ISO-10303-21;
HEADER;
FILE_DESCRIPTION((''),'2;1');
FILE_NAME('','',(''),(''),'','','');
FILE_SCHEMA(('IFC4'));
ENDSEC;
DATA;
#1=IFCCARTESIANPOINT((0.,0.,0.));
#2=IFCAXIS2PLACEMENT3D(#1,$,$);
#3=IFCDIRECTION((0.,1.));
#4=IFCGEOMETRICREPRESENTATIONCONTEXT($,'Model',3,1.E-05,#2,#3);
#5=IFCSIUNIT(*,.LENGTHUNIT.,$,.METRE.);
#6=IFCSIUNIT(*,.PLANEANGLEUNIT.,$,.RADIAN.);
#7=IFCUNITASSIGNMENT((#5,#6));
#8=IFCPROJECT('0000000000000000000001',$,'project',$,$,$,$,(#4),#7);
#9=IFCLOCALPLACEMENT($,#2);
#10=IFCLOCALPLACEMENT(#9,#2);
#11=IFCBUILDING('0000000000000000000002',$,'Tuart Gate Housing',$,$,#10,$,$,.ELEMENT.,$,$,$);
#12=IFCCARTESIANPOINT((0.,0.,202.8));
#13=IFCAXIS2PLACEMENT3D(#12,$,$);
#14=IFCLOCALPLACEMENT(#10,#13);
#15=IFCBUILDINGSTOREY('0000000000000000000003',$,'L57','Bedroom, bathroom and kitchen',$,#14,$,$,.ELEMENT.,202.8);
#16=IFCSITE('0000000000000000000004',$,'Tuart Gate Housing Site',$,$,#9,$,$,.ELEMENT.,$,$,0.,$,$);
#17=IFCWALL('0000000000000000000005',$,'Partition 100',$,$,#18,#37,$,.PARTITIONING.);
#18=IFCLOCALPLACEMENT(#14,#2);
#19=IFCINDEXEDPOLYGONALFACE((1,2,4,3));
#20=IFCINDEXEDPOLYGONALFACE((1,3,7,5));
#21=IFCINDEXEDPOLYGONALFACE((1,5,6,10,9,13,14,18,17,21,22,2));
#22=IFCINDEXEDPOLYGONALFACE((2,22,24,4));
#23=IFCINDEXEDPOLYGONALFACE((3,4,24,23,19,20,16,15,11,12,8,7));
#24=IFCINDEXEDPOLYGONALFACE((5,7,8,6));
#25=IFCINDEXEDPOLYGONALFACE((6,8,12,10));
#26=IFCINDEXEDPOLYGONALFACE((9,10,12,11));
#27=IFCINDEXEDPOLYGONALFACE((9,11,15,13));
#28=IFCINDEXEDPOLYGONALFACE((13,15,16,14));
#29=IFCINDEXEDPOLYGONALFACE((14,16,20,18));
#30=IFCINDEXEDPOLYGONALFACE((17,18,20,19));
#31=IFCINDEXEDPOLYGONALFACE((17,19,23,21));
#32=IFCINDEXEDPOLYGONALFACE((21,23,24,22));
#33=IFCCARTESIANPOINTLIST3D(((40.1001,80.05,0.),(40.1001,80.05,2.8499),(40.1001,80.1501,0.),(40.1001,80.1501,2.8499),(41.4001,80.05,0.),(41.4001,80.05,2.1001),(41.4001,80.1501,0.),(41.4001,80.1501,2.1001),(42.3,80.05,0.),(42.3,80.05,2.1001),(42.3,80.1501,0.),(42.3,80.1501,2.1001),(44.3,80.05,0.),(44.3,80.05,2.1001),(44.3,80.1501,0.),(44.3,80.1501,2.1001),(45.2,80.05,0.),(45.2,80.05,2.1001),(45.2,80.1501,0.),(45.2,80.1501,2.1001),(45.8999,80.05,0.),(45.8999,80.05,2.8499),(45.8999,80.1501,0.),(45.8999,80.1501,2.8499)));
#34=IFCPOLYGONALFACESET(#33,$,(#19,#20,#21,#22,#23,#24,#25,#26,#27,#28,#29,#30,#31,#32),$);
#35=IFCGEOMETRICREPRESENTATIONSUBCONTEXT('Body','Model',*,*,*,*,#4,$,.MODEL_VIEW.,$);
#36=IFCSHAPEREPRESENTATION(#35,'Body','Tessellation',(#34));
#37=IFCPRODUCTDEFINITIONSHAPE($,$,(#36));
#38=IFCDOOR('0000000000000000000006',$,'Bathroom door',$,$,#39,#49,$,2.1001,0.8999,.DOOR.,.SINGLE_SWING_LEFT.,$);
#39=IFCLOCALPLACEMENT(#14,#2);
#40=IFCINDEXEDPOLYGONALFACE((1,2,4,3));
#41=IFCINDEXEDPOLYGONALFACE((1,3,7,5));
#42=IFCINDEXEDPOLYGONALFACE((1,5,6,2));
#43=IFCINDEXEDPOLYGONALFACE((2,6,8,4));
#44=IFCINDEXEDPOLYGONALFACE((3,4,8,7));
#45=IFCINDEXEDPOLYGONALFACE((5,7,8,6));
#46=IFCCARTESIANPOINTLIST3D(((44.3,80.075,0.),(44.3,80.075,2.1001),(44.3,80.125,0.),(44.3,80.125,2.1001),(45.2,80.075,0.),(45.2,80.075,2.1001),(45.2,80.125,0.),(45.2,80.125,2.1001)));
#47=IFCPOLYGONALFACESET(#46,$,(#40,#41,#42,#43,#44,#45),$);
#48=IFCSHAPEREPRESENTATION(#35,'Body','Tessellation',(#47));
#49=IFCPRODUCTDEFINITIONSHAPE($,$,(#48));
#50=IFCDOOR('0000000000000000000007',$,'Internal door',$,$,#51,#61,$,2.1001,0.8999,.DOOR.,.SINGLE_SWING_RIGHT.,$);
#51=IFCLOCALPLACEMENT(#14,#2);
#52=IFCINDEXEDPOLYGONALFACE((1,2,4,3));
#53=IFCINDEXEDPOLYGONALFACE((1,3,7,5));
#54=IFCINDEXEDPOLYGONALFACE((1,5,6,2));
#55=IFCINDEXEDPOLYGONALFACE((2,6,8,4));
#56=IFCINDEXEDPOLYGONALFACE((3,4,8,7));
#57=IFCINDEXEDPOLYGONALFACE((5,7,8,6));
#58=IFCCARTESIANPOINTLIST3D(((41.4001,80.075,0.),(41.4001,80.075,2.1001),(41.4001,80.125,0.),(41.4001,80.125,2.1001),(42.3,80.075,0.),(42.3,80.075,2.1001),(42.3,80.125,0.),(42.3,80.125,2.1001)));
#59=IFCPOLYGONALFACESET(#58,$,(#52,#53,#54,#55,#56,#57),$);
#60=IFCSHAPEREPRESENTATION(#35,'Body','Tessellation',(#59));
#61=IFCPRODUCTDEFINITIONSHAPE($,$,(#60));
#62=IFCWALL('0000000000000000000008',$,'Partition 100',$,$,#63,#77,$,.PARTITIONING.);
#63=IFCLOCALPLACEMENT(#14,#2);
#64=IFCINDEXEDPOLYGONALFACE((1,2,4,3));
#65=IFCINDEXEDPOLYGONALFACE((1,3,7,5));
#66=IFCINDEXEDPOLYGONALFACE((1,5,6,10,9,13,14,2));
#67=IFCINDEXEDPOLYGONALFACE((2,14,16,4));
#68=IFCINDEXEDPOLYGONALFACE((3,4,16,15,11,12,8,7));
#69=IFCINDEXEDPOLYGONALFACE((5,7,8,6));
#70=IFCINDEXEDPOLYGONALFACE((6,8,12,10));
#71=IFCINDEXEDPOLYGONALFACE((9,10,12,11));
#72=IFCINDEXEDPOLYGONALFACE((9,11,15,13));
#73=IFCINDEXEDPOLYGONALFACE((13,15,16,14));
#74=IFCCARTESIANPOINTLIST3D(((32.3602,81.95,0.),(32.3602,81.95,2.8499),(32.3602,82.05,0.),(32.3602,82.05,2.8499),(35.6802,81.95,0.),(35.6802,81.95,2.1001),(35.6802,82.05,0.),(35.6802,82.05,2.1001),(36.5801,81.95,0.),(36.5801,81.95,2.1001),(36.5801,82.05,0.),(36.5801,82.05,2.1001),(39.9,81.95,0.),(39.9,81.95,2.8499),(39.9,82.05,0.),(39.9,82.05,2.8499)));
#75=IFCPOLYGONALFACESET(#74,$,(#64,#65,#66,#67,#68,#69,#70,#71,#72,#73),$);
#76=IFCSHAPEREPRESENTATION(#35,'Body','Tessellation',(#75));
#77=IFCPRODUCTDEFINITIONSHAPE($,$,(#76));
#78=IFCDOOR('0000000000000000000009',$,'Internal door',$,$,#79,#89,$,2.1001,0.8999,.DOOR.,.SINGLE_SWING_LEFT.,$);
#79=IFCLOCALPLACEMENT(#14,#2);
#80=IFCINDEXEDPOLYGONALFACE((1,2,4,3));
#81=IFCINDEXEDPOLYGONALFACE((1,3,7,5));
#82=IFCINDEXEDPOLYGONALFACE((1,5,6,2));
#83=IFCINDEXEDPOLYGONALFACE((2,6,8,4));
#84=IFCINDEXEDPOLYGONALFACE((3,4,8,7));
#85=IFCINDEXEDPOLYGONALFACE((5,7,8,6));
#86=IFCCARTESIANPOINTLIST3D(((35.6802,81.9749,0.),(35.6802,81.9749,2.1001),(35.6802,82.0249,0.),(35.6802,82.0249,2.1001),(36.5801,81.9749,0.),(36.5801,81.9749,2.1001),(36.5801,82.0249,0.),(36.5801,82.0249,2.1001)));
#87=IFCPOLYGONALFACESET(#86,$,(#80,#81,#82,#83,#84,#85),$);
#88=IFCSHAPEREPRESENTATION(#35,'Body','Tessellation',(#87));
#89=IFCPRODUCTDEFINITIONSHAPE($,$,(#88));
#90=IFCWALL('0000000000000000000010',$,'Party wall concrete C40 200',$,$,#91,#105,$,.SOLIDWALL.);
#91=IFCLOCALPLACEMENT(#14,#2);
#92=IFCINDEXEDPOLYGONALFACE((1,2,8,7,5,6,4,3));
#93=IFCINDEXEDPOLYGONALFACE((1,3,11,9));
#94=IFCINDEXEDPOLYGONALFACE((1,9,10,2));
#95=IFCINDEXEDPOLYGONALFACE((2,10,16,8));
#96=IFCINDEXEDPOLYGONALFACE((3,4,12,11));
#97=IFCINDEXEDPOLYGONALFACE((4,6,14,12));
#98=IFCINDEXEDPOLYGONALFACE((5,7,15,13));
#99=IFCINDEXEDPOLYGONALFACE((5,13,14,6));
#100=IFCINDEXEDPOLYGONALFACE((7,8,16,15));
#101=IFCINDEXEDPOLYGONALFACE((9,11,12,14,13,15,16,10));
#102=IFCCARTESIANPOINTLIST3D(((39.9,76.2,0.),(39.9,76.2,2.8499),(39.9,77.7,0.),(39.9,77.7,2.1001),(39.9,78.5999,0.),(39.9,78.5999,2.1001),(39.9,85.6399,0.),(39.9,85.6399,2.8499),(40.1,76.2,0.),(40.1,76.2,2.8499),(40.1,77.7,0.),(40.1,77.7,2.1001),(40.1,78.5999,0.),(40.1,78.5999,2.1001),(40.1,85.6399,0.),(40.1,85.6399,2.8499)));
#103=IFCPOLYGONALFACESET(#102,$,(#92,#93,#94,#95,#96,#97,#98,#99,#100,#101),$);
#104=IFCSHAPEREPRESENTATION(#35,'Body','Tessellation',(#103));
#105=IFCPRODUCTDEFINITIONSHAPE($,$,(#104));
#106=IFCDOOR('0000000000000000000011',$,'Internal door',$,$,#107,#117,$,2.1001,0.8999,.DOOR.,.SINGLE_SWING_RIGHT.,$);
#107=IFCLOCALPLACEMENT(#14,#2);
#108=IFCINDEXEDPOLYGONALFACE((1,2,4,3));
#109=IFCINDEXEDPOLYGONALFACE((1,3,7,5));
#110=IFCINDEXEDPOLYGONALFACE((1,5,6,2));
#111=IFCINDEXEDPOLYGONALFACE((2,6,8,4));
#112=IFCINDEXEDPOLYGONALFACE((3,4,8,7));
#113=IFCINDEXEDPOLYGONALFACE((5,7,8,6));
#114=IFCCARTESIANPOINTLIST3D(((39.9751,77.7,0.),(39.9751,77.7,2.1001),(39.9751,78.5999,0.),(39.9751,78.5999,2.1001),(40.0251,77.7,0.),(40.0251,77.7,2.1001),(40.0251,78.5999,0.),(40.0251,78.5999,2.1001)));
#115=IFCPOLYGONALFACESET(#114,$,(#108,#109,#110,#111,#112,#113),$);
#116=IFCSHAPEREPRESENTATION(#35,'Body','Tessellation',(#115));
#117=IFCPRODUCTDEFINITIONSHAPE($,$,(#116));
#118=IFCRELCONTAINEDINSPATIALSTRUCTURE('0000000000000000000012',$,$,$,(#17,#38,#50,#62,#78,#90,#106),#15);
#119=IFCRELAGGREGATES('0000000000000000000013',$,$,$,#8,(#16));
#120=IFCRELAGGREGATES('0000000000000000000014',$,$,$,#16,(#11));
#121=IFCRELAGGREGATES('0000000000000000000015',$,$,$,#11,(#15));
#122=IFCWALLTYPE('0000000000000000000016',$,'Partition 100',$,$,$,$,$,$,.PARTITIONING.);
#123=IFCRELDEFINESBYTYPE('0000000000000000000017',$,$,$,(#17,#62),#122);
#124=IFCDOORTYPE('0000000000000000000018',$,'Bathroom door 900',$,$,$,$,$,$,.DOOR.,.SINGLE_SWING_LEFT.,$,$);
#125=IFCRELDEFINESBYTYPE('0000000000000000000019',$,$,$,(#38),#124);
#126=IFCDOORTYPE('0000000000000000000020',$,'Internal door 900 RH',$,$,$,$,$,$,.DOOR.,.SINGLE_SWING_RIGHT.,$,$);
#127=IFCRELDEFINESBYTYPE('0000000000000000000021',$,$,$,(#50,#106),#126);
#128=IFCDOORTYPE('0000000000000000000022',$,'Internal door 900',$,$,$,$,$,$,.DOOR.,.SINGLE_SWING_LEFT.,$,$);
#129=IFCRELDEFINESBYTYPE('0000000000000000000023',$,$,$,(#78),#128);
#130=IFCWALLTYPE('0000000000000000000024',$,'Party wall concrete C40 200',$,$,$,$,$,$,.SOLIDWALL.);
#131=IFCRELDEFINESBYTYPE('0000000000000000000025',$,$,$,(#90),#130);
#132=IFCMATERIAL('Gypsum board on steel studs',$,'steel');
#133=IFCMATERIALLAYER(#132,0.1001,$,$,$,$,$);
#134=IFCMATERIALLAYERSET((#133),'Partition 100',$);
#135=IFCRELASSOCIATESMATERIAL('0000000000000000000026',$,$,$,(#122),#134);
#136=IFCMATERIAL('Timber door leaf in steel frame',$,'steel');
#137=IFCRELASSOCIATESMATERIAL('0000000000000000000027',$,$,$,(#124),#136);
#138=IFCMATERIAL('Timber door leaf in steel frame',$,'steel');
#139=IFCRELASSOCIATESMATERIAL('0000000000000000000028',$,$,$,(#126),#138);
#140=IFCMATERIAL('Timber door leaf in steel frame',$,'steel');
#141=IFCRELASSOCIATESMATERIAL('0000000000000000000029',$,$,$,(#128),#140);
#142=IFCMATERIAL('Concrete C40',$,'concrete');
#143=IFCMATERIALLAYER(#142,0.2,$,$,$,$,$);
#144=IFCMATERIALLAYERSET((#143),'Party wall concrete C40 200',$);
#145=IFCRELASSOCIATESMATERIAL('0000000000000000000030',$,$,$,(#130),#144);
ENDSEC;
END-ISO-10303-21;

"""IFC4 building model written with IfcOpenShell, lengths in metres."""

from ifc_helpers import new_model, si_unit, direction, frame, frame_2d, origin, place, context, subcontext, project, spatial, rectangle, extrude, material, layer, layer_set, type_object, element, fill, save


model = new_model("IFC4")

# Units and contexts
model_context = context("Model", 3, precision=1e-05, world=origin(), true_north=direction((0.0, 1.0)))
body_context = subcontext(model_context, "Body", "Model", "MODEL_VIEW")
ifc_project = project(units=[si_unit("LENGTHUNIT", "METRE"), si_unit("PLANEANGLEUNIT", "RADIAN")], contexts=[model_context])

# Site, building, storey
site_placement = place(None, origin())
site = spatial("IfcSite", under=ifc_project, at=site_placement, Name="Tuart Gate Housing Site", CompositionType="ELEMENT", RefElevation=0.0)
building_placement = place(site_placement, origin())
building = spatial("IfcBuilding", under=site, at=building_placement, Name="Tuart Gate Housing", CompositionType="ELEMENT")
storey_placement = place(building_placement, frame((0.0, 0.0, 202.8)))
storey = spatial("IfcBuildingStorey", under=building, at=storey_placement, Name="L57", Description="Bedroom, bathroom and kitchen", CompositionType="ELEMENT", Elevation=202.8)

# Wall, openings, doors
ifc_material_1 = material(Name="Gypsum board on steel studs", Category="steel")
ifc_layer_1 = layer(ifc_material_1, 0.1001)
ifc_layer_set_1 = layer_set([ifc_layer_1], Name="Partition 100")
wall_type_1 = type_object("IfcWallType", Name="Partition 100", PredefinedType="PARTITIONING", material=ifc_layer_set_1)
wall_1_placement = place(storey_placement, frame((40.1001, 80.1001, 0.0), z_axis=(0.0, 0.0, 1.0), x_axis=(1.0, 0.0, 0.0)))
wall_1 = element("IfcWall", 1, at=wall_1_placement, inside=storey, type_object=wall_type_1, Name="Partition 100", PredefinedType="PARTITIONING", context=body_context, shape_type="SweptSolid", body=[
    extrude(rectangle(XDim=5.7998, YDim=0.1001, at=frame_2d((2.8999, 0.0))), origin(), (0.0, 0.0, 1.0), 2.8499),
])
opening_1_placement = place(wall_1_placement, frame((1.3, 0.0, 0.0)))
opening_1 = element("IfcOpeningElement", 2, at=opening_1_placement, cuts=wall_1, PredefinedType="OPENING", context=body_context, shape_type="SweptSolid", body=[
    extrude(rectangle(XDim=0.8999, YDim=2.1001, at=frame_2d((0.45, 1.05))), frame((0.0, 0.0601, 0.0), z_axis=(0.0, -1.0, 0.0), x_axis=(1.0, 0.0, 0.0)), (0.0, 0.0, 1.0), 0.1201),
])
opening_2_placement = place(wall_1_placement, frame((4.2, 0.0, 0.0)))
opening_2 = element("IfcOpeningElement", 3, at=opening_2_placement, cuts=wall_1, PredefinedType="OPENING", context=body_context, shape_type="SweptSolid", body=[
    extrude(rectangle(XDim=0.8999, YDim=2.1001, at=frame_2d((0.45, 1.05))), frame((0.0, 0.0601, 0.0), z_axis=(0.0, -1.0, 0.0), x_axis=(1.0, 0.0, 0.0)), (0.0, 0.0, 1.0), 0.1201),
])
ifc_material_2 = material(Name="Timber door leaf in steel frame", Category="steel")
door_type_1 = type_object("IfcDoorType", Name="Bathroom door 900", OperationType="SINGLE_SWING_LEFT", PredefinedType="DOOR", material=ifc_material_2)
door_1_placement = place(opening_2_placement, origin())
door_1 = element("IfcDoor", 4, at=door_1_placement, inside=storey, type_object=door_type_1, Name="Bathroom door", OperationType="SINGLE_SWING_LEFT", OverallHeight=2.1001, OverallWidth=0.8999, PredefinedType="DOOR", context=body_context, shape_type="SweptSolid", body=[
    extrude(rectangle(XDim=0.8999, YDim=2.1001, at=frame_2d((0.45, 1.05))), frame((0.0, 0.0249, 0.0), z_axis=(0.0, -1.0, 0.0), x_axis=(1.0, 0.0, 0.0)), (0.0, 0.0, 1.0), 0.05),
])
fill(opening_2, door_1)
ifc_material_3 = material(Name="Timber door leaf in steel frame", Category="steel")
door_type_2 = type_object("IfcDoorType", Name="Internal door 900 RH", OperationType="SINGLE_SWING_RIGHT", PredefinedType="DOOR", material=ifc_material_3)
door_2_placement = place(opening_1_placement, origin())
door_2 = element("IfcDoor", 5, at=door_2_placement, inside=storey, type_object=door_type_2, Name="Internal door", OperationType="SINGLE_SWING_RIGHT", OverallHeight=2.1001, OverallWidth=0.8999, PredefinedType="DOOR", context=body_context, shape_type="SweptSolid", body=[
    extrude(rectangle(XDim=0.8999, YDim=2.1001, at=frame_2d((0.45, 1.05))), frame((0.0, 0.0249, 0.0), z_axis=(0.0, -1.0, 0.0), x_axis=(1.0, 0.0, 0.0)), (0.0, 0.0, 1.0), 0.05),
])
fill(opening_1, door_2)

# Walls, openings, doors
wall_2_placement = place(storey_placement, frame((32.3601, 82.0, 0.0), z_axis=(0.0, 0.0, 1.0), x_axis=(1.0, 0.0, 0.0)))
wall_2 = element("IfcWall", 6, at=wall_2_placement, inside=storey, type_object=wall_type_1, Name="Partition 100", PredefinedType="PARTITIONING", context=body_context, shape_type="SweptSolid", body=[
    extrude(rectangle(XDim=7.5398, YDim=0.1001, at=frame_2d((3.77, 0.0))), origin(), (0.0, 0.0, 1.0), 2.8499),
])
opening_3_placement = place(wall_2_placement, frame((3.3201, 0.0, 0.0)))
opening_3 = element("IfcOpeningElement", 7, at=opening_3_placement, cuts=wall_2, PredefinedType="OPENING", context=body_context, shape_type="SweptSolid", body=[
    extrude(rectangle(XDim=0.8999, YDim=2.1001, at=frame_2d((0.45, 1.05))), frame((0.0, 0.0601, 0.0), z_axis=(0.0, -1.0, 0.0), x_axis=(1.0, 0.0, 0.0)), (0.0, 0.0, 1.0), 0.1201),
])
ifc_material_4 = material(Name="Timber door leaf in steel frame", Category="steel")
door_type_3 = type_object("IfcDoorType", Name="Internal door 900", OperationType="SINGLE_SWING_LEFT", PredefinedType="DOOR", material=ifc_material_4)
door_3_placement = place(opening_3_placement, origin())
door_3 = element("IfcDoor", 8, at=door_3_placement, inside=storey, type_object=door_type_3, Name="Internal door", OperationType="SINGLE_SWING_LEFT", OverallHeight=2.1001, OverallWidth=0.8999, PredefinedType="DOOR", context=body_context, shape_type="SweptSolid", body=[
    extrude(rectangle(XDim=0.8999, YDim=2.1001, at=frame_2d((0.45, 1.05))), frame((0.0, 0.0249, 0.0), z_axis=(0.0, -1.0, 0.0), x_axis=(1.0, 0.0, 0.0)), (0.0, 0.0, 1.0), 0.05),
])
fill(opening_3, door_3)
ifc_material_5 = material(Name="Concrete C40", Category="concrete")
ifc_layer_2 = layer(ifc_material_5, 0.2)
ifc_layer_set_2 = layer_set([ifc_layer_2], Name="Party wall concrete C40 200")
wall_type_2 = type_object("IfcWallType", Name="Party wall concrete C40 200", PredefinedType="SOLIDWALL", material=ifc_layer_set_2)
wall_3_placement = place(storey_placement, frame((40.0, 76.2, 0.0), z_axis=(0.0, 0.0, 1.0), x_axis=(0.0, 1.0, 0.0)))
wall_3 = element("IfcWall", 9, at=wall_3_placement, inside=storey, type_object=wall_type_2, Name="Party wall concrete C40 200", PredefinedType="SOLIDWALL", context=body_context, shape_type="SweptSolid", body=[
    extrude(rectangle(XDim=9.4399, YDim=0.2, at=frame_2d((4.72, 0.0))), origin(), (0.0, 0.0, 1.0), 2.8499),
])
opening_4_placement = place(wall_3_placement, frame((1.5, 0.0, 0.0)))
opening_4 = element("IfcOpeningElement", 10, at=opening_4_placement, cuts=wall_3, PredefinedType="OPENING", context=body_context, shape_type="SweptSolid", body=[
    extrude(rectangle(XDim=0.8999, YDim=2.1001, at=frame_2d((0.45, 1.05))), frame((0.0, 0.1099, 0.0), z_axis=(0.0, -1.0, 0.0), x_axis=(1.0, 0.0, 0.0)), (0.0, 0.0, 1.0), 0.22),
])
door_4_placement = place(opening_4_placement, frame((0.8999, 0.0, 0.0), z_axis=(0.0, 0.0, 1.0), x_axis=(-1.0, 0.0, 0.0)))
door_4 = element("IfcDoor", 11, at=door_4_placement, inside=storey, type_object=door_type_2, Name="Internal door", OperationType="SINGLE_SWING_RIGHT", OverallHeight=2.1001, OverallWidth=0.8999, PredefinedType="DOOR", context=body_context, shape_type="SweptSolid", body=[
    extrude(rectangle(XDim=0.8999, YDim=2.1001, at=frame_2d((0.45, 1.05))), frame((0.0, 0.0251, 0.0), z_axis=(0.0, -1.0, 0.0), x_axis=(1.0, 0.0, 0.0)), (0.0, 0.0, 1.0), 0.05),
])
fill(opening_4, door_4)

save(model, "model.ifc")
